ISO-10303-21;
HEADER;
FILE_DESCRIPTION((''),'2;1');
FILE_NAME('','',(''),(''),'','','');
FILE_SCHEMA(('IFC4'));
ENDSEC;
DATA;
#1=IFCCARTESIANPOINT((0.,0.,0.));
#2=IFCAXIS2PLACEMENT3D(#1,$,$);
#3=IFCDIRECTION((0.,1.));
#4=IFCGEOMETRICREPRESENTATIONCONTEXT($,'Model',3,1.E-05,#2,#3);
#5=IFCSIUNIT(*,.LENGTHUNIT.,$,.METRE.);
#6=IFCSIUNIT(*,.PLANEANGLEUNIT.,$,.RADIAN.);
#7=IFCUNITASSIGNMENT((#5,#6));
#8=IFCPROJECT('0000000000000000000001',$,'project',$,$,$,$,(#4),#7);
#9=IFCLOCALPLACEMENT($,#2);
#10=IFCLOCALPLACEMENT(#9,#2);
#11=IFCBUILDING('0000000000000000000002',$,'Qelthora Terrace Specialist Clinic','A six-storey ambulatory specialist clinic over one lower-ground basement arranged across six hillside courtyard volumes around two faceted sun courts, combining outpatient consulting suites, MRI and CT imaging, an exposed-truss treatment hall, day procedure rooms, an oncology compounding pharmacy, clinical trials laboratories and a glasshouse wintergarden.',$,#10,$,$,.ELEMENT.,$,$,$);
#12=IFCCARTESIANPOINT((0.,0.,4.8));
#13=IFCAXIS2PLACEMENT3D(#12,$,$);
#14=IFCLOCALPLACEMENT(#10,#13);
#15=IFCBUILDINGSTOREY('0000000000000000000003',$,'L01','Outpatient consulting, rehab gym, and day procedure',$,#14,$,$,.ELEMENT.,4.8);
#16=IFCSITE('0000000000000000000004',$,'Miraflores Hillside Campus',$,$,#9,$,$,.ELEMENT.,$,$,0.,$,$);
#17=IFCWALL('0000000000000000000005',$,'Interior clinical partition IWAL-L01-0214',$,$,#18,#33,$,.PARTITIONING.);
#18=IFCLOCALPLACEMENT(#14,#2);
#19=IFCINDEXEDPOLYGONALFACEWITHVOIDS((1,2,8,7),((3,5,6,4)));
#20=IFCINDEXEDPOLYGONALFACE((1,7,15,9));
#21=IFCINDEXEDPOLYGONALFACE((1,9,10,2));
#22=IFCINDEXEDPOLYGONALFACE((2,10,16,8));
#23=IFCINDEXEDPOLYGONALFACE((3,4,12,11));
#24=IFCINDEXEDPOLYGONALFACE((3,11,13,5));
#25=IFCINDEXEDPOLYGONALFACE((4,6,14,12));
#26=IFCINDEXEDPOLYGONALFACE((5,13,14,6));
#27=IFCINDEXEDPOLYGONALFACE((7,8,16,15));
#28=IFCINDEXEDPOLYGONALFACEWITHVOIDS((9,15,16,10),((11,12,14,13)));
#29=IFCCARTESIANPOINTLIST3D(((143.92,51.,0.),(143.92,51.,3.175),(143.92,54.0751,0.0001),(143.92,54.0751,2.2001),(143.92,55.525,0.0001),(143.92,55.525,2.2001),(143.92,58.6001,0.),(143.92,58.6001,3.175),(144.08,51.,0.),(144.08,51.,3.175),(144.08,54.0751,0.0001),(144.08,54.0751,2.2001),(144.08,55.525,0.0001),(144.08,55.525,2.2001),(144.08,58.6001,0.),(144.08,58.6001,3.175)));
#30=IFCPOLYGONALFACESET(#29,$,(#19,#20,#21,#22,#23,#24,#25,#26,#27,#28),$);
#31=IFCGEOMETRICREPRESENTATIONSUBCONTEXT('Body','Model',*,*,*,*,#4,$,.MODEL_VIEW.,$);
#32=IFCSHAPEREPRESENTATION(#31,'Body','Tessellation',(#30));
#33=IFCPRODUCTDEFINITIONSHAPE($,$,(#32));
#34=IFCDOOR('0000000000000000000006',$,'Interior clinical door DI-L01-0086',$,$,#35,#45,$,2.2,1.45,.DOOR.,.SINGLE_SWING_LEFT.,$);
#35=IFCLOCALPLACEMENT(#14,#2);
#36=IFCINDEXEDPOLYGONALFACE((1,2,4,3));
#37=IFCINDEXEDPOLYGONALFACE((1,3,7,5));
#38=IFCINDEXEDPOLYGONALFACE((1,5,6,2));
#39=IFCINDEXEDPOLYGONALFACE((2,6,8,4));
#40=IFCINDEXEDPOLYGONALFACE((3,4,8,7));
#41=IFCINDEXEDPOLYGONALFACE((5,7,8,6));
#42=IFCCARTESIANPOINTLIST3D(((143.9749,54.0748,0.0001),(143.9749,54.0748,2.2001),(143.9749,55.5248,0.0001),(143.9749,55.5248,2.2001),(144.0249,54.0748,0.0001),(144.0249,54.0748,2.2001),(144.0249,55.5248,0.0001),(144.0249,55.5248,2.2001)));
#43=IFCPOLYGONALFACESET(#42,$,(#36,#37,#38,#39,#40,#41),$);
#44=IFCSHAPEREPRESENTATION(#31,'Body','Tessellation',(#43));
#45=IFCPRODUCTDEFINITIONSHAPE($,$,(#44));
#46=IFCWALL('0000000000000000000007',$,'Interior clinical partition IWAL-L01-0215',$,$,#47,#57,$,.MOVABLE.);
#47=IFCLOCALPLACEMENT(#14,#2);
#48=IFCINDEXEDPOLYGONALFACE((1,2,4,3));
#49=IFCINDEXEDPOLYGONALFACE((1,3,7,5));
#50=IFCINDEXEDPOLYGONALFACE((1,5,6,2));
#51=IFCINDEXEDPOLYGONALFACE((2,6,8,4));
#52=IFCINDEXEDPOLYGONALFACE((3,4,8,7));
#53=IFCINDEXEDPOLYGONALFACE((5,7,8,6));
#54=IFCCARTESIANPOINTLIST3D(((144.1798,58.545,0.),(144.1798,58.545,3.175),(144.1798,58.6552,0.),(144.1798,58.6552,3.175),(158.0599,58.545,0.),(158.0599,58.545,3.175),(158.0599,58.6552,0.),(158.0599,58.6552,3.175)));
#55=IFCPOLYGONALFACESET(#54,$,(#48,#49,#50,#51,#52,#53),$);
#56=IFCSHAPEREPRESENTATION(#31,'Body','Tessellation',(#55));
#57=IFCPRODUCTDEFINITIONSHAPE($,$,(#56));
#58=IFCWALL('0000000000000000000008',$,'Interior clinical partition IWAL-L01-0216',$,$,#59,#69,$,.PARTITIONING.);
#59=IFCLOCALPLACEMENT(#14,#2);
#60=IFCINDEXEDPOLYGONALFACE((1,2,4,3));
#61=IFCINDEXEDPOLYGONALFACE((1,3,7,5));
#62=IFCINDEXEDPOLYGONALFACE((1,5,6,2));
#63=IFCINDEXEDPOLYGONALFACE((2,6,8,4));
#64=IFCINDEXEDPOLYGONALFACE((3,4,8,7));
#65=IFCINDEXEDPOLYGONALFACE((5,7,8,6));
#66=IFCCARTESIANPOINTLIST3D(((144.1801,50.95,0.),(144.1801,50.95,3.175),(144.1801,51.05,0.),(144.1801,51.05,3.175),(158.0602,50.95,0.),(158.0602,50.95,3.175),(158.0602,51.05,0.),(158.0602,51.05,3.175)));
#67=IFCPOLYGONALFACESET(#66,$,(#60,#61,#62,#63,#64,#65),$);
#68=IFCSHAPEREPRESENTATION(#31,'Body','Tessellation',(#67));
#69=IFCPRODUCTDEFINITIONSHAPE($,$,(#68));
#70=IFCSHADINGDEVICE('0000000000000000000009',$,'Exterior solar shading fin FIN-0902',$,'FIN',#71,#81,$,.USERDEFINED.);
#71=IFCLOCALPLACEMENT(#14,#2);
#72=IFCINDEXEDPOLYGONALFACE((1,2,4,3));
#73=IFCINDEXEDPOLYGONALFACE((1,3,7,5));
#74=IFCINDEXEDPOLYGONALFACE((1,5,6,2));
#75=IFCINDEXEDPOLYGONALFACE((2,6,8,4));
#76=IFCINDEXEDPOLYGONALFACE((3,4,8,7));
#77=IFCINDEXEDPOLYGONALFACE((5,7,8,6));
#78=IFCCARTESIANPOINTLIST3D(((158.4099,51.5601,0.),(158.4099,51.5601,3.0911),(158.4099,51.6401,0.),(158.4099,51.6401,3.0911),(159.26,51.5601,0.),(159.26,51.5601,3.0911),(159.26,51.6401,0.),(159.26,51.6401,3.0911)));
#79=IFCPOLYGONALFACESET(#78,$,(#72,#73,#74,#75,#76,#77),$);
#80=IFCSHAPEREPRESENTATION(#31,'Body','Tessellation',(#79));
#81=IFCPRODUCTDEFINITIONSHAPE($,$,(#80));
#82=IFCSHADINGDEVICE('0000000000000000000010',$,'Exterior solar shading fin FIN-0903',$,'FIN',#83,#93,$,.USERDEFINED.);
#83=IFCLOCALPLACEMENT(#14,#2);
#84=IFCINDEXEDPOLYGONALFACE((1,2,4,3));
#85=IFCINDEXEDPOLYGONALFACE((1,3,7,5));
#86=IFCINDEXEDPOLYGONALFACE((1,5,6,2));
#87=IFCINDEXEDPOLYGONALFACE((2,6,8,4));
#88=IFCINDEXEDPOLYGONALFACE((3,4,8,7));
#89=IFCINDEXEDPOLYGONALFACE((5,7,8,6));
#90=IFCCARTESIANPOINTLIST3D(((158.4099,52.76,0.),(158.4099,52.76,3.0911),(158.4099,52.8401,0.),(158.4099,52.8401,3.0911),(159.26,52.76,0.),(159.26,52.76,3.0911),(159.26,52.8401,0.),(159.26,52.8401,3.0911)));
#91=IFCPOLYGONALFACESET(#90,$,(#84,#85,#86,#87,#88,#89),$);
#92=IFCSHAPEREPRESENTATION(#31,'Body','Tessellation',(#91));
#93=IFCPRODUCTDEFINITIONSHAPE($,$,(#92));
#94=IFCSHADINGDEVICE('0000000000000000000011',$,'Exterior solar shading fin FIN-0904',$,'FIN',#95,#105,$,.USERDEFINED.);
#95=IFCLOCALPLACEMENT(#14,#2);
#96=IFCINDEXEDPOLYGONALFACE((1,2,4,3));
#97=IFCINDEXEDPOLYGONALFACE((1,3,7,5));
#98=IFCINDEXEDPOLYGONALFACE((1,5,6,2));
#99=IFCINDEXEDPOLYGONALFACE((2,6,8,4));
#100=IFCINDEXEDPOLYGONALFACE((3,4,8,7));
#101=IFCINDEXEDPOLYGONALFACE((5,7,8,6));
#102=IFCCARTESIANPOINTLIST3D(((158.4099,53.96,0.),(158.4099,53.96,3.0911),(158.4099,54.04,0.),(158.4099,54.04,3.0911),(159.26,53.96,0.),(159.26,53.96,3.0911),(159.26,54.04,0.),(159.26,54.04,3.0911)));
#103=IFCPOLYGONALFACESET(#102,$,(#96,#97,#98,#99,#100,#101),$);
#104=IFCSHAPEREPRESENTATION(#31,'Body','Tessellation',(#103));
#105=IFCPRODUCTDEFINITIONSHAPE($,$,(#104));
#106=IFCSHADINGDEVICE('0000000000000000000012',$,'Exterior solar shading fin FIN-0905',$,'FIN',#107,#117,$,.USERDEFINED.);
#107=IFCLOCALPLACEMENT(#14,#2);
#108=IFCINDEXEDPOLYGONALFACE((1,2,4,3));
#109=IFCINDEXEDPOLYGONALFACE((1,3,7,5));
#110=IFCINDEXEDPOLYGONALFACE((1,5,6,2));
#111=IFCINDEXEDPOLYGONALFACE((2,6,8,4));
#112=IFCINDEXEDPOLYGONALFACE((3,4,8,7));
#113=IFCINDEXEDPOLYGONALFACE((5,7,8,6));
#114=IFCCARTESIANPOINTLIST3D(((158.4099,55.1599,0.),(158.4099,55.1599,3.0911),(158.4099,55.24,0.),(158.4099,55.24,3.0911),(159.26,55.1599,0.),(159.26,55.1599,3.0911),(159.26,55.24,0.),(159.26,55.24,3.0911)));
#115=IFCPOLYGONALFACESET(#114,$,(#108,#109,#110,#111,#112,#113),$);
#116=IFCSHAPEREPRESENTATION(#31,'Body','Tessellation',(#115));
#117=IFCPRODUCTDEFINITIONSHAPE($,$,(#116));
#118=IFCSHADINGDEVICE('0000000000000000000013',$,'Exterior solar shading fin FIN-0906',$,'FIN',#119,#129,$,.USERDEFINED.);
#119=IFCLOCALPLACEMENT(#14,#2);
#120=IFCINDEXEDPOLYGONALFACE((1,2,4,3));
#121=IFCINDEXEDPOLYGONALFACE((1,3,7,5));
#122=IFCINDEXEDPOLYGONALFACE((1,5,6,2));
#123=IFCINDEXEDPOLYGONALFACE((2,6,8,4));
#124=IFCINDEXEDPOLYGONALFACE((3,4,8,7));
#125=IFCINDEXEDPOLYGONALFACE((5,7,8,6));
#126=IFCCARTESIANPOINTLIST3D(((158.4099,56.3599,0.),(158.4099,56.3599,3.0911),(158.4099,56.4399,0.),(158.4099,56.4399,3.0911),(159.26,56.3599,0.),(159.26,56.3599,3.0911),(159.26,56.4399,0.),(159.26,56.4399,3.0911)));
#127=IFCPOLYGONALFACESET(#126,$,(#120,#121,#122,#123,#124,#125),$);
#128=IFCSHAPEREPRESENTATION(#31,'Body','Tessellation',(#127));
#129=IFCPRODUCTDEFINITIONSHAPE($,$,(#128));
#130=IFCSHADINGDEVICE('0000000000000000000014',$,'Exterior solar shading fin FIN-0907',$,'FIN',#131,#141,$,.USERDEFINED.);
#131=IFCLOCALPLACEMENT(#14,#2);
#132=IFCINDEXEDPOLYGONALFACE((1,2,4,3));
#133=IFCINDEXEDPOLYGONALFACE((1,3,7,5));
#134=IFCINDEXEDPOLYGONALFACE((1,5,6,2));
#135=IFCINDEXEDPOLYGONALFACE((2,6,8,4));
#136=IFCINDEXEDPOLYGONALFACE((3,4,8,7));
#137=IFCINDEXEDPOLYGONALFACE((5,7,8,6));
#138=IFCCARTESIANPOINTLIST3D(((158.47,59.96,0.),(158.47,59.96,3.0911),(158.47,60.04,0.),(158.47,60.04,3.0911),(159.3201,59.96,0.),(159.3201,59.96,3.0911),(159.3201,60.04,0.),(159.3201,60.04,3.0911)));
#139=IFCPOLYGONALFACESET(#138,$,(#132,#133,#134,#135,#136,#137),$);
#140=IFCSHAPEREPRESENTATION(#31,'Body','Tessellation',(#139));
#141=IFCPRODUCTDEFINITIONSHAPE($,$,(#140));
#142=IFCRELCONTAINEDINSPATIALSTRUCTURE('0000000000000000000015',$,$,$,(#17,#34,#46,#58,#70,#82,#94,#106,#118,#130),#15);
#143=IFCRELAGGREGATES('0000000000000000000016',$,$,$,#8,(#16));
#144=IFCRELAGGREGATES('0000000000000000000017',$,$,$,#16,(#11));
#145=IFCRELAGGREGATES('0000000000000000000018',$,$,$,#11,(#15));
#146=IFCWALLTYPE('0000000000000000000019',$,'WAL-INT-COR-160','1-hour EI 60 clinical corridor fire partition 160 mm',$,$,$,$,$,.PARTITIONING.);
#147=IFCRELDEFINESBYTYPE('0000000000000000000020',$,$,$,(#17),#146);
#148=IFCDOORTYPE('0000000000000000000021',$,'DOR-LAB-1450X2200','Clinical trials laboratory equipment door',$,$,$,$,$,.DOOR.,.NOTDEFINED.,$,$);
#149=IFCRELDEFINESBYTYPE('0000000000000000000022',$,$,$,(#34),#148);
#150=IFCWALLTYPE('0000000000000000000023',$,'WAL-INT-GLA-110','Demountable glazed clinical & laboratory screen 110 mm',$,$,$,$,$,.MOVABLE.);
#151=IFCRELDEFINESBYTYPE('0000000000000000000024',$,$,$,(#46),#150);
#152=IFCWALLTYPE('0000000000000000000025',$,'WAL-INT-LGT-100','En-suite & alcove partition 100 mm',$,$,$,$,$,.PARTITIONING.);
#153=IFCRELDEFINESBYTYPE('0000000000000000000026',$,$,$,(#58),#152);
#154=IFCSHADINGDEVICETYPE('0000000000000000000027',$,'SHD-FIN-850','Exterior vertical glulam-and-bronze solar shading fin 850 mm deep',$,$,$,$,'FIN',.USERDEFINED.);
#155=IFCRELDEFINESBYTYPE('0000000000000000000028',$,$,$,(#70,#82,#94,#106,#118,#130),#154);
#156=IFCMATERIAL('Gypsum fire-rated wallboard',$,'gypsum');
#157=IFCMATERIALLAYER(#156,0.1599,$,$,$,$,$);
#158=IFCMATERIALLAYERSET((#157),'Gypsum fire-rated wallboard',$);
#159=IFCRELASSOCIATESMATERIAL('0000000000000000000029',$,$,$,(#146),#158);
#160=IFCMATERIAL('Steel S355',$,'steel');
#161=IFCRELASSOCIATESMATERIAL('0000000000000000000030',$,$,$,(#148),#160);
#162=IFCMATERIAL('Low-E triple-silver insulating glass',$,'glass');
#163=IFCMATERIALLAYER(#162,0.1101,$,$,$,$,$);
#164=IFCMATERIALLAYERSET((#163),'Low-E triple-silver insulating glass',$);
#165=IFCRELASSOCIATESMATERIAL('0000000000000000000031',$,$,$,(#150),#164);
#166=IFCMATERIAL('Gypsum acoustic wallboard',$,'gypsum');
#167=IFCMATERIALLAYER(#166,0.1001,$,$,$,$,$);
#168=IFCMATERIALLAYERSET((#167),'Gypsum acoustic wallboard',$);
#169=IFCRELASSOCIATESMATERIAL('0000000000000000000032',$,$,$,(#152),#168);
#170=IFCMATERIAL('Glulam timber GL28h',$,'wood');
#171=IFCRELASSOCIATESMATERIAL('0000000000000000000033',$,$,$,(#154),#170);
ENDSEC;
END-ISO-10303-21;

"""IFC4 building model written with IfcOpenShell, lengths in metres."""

from ifc_helpers import new_model, si_unit, direction, frame, frame_2d, origin, origin_2d, place, context, subcontext, project, spatial, rectangle, extrude, material, layer, layer_set, type_object, element, fill, save


model = new_model("IFC4")

# Units and contexts
model_context = context("Model", 3, precision=1e-05, world=origin(), true_north=direction((0.0, 1.0)))
body_context = subcontext(model_context, "Body", "Model", "MODEL_VIEW")
ifc_project = project(units=[si_unit("LENGTHUNIT", "METRE"), si_unit("PLANEANGLEUNIT", "RADIAN")], contexts=[model_context])

# Site, building, storey
site_placement = place(None, origin())
site = spatial("IfcSite", under=ifc_project, at=site_placement, Name="Miraflores Hillside Campus", CompositionType="ELEMENT", RefElevation=0.0)
building_placement = place(site_placement, origin())
building = spatial("IfcBuilding", under=site, at=building_placement, Name="Qelthora Terrace Specialist Clinic", Description="A six-storey ambulatory specialist clinic over one lower-ground basement arranged across six hillside courtyard volumes around two faceted sun courts, combining outpatient consulting suites, MRI and CT imaging, an exposed-truss treatment hall, day procedure rooms, an oncology compounding pharmacy, clinical trials laboratories and a glasshouse wintergarden.", CompositionType="ELEMENT")
storey_placement = place(building_placement, frame((0.0, 0.0, 4.8)))
storey = spatial("IfcBuildingStorey", under=building, at=storey_placement, Name="L01", Description="Outpatient consulting, rehab gym, and day procedure", CompositionType="ELEMENT", Elevation=4.8)

# Shared definitions
ifc_material_1 = material(Name="Steel S355", Category="steel")

# Shared definitions
ifc_material_2 = material(Name="Low-E triple-silver insulating glass", Category="glass")

# Wall, opening, door
ifc_material_3 = material(Name="Gypsum fire-rated wallboard", Category="gypsum")
ifc_layer_1 = layer(ifc_material_3, 0.1599)
ifc_layer_set_1 = layer_set([ifc_layer_1], Name="Gypsum fire-rated wallboard")
wall_type_1 = type_object("IfcWallType", Name="WAL-INT-COR-160", Description="1-hour EI 60 clinical corridor fire partition 160 mm", PredefinedType="PARTITIONING", material=ifc_layer_set_1)
wall_1_placement = place(storey_placement, frame((144.0, 51.0, 0.0), z_axis=(0.0, 0.0, 1.0), x_axis=(0.0, 1.0, 0.0)))
wall_1 = element("IfcWall", 1, at=wall_1_placement, inside=storey, type_object=wall_type_1, Name="Interior clinical partition IWAL-L01-0214", PredefinedType="PARTITIONING", context=body_context, shape_type="SweptSolid", body=[
    extrude(rectangle(XDim=7.6001, YDim=0.1599, at=frame_2d((3.8, 0.0))), origin(), (0.0, 0.0, 1.0), 3.175),
])
opening_1_placement = place(wall_1_placement, frame((3.075, 0.0, 0.0)))
opening_1 = element("IfcOpeningElement", 2, at=opening_1_placement, cuts=wall_1, PredefinedType="OPENING", context=body_context, shape_type="SweptSolid", body=[
    extrude(rectangle(XDim=1.45, YDim=2.2, at=frame_2d((0.7251, 1.1001))), frame((0.0, 0.0898, 0.0), z_axis=(0.0, -1.0, 0.0), x_axis=(1.0, 0.0, 0.0)), (0.0, 0.0, 1.0), 0.1799),
])
door_type = type_object("IfcDoorType", Name="DOR-LAB-1450X2200", Description="Clinical trials laboratory equipment door", OperationType="NOTDEFINED", PredefinedType="DOOR", material=ifc_material_1)
door_placement = place(opening_1_placement, frame((1.45, 0.0, 0.0), z_axis=(0.0, 0.0, 1.0), x_axis=(-1.0, 0.0, 0.0)))
door = element("IfcDoor", 3, at=door_placement, inside=storey, type_object=door_type, Name="Interior clinical door DI-L01-0086", OperationType="SINGLE_SWING_LEFT", OverallHeight=2.2, OverallWidth=1.45, PredefinedType="DOOR", context=body_context, shape_type="SweptSolid", body=[
    extrude(rectangle(XDim=1.45, YDim=2.2, at=frame_2d((0.7251, 1.1001))), frame((0.0, 0.0249, 0.0), z_axis=(0.0, -1.0, 0.0), x_axis=(1.0, 0.0, 0.0)), (0.0, 0.0, 1.0), 0.05),
])
fill(opening_1, door)

# Walls
ifc_layer_2 = layer(ifc_material_2, 0.1101)
ifc_layer_set_2 = layer_set([ifc_layer_2], Name="Low-E triple-silver insulating glass")
wall_type_2 = type_object("IfcWallType", Name="WAL-INT-GLA-110", Description="Demountable glazed clinical & laboratory screen 110 mm", PredefinedType="MOVABLE", material=ifc_layer_set_2)
wall_2_placement = place(storey_placement, frame((144.1799, 58.6001, 0.0), z_axis=(0.0, 0.0, 1.0), x_axis=(1.0, 0.0, 0.0)))
element("IfcWall", 4, at=wall_2_placement, inside=storey, type_object=wall_type_2, Name="Interior clinical partition IWAL-L01-0215", PredefinedType="MOVABLE", context=body_context, shape_type="SweptSolid", body=[
    extrude(rectangle(XDim=13.8801, YDim=0.1101, at=frame_2d((6.9399, 0.0))), origin(), (0.0, 0.0, 1.0), 3.175),
])
ifc_material_4 = material(Name="Gypsum acoustic wallboard", Category="gypsum")
ifc_layer_3 = layer(ifc_material_4, 0.1001)
ifc_layer_set_3 = layer_set([ifc_layer_3], Name="Gypsum acoustic wallboard")
wall_type_3 = type_object("IfcWallType", Name="WAL-INT-LGT-100", Description="En-suite & alcove partition 100 mm", PredefinedType="PARTITIONING", material=ifc_layer_set_3)
wall_3_placement = place(storey_placement, frame((158.0601, 51.0, 0.0), z_axis=(0.0, 0.0, 1.0), x_axis=(-1.0, 0.0, 0.0)))
element("IfcWall", 5, at=wall_3_placement, inside=storey, type_object=wall_type_3, Name="Interior clinical partition IWAL-L01-0216", PredefinedType="PARTITIONING", context=body_context, shape_type="SweptSolid", body=[
    extrude(rectangle(XDim=13.8801, YDim=0.1001, at=frame_2d((6.9399, 0.0))), origin(), (0.0, 0.0, 1.0), 3.175),
])

# Shading devices
ifc_material_5 = material(Name="Glulam timber GL28h", Category="wood")
shading_device_type = type_object("IfcShadingDeviceType", Name="SHD-FIN-850", Description="Exterior vertical glulam-and-bronze solar shading fin 850 mm deep", ElementType="FIN", PredefinedType="USERDEFINED", material=ifc_material_5)
for number, where, z_axis, x_axis, name in (
    (6, (158.835, 51.6001, 0.0), (0.0, 0.0, 1.0), (1.0, 0.0, 0.0), "Exterior solar shading fin FIN-0902"),
    (7, (158.835, 52.8, 0.0), (0.0, 0.0, 1.0), (1.0, 0.0, 0.0), "Exterior solar shading fin FIN-0903"),
    (8, (158.835, 54.0, 0.0), (0.0, 0.0, 1.0), (1.0, 0.0, 0.0), "Exterior solar shading fin FIN-0904"),
    (9, (158.835, 55.2, 0.0), (0.0, 0.0, 1.0), (1.0, 0.0, 0.0), "Exterior solar shading fin FIN-0905"),
    (10, (158.835, 56.3999, 0.0), (0.0, 0.0, 1.0), (1.0, 0.0, 0.0), "Exterior solar shading fin FIN-0906"),
    (11, (158.895, 60.0, 0.0), (0.0, 0.0, 1.0), (1.0, 0.0, 0.0), "Exterior solar shading fin FIN-0907"),
):
    element("IfcShadingDevice", number, at=place(storey_placement, frame(where, z_axis=z_axis, x_axis=x_axis)), inside=storey, type_object=shading_device_type, Name=name, ObjectType="FIN", PredefinedType="USERDEFINED", context=body_context, shape_type="SweptSolid", body=[
        extrude(rectangle(XDim=0.8501, YDim=0.0801, at=origin_2d()), origin(), (0.0, 0.0, 1.0), 3.0911),
    ])

save(model, "model.ifc")
